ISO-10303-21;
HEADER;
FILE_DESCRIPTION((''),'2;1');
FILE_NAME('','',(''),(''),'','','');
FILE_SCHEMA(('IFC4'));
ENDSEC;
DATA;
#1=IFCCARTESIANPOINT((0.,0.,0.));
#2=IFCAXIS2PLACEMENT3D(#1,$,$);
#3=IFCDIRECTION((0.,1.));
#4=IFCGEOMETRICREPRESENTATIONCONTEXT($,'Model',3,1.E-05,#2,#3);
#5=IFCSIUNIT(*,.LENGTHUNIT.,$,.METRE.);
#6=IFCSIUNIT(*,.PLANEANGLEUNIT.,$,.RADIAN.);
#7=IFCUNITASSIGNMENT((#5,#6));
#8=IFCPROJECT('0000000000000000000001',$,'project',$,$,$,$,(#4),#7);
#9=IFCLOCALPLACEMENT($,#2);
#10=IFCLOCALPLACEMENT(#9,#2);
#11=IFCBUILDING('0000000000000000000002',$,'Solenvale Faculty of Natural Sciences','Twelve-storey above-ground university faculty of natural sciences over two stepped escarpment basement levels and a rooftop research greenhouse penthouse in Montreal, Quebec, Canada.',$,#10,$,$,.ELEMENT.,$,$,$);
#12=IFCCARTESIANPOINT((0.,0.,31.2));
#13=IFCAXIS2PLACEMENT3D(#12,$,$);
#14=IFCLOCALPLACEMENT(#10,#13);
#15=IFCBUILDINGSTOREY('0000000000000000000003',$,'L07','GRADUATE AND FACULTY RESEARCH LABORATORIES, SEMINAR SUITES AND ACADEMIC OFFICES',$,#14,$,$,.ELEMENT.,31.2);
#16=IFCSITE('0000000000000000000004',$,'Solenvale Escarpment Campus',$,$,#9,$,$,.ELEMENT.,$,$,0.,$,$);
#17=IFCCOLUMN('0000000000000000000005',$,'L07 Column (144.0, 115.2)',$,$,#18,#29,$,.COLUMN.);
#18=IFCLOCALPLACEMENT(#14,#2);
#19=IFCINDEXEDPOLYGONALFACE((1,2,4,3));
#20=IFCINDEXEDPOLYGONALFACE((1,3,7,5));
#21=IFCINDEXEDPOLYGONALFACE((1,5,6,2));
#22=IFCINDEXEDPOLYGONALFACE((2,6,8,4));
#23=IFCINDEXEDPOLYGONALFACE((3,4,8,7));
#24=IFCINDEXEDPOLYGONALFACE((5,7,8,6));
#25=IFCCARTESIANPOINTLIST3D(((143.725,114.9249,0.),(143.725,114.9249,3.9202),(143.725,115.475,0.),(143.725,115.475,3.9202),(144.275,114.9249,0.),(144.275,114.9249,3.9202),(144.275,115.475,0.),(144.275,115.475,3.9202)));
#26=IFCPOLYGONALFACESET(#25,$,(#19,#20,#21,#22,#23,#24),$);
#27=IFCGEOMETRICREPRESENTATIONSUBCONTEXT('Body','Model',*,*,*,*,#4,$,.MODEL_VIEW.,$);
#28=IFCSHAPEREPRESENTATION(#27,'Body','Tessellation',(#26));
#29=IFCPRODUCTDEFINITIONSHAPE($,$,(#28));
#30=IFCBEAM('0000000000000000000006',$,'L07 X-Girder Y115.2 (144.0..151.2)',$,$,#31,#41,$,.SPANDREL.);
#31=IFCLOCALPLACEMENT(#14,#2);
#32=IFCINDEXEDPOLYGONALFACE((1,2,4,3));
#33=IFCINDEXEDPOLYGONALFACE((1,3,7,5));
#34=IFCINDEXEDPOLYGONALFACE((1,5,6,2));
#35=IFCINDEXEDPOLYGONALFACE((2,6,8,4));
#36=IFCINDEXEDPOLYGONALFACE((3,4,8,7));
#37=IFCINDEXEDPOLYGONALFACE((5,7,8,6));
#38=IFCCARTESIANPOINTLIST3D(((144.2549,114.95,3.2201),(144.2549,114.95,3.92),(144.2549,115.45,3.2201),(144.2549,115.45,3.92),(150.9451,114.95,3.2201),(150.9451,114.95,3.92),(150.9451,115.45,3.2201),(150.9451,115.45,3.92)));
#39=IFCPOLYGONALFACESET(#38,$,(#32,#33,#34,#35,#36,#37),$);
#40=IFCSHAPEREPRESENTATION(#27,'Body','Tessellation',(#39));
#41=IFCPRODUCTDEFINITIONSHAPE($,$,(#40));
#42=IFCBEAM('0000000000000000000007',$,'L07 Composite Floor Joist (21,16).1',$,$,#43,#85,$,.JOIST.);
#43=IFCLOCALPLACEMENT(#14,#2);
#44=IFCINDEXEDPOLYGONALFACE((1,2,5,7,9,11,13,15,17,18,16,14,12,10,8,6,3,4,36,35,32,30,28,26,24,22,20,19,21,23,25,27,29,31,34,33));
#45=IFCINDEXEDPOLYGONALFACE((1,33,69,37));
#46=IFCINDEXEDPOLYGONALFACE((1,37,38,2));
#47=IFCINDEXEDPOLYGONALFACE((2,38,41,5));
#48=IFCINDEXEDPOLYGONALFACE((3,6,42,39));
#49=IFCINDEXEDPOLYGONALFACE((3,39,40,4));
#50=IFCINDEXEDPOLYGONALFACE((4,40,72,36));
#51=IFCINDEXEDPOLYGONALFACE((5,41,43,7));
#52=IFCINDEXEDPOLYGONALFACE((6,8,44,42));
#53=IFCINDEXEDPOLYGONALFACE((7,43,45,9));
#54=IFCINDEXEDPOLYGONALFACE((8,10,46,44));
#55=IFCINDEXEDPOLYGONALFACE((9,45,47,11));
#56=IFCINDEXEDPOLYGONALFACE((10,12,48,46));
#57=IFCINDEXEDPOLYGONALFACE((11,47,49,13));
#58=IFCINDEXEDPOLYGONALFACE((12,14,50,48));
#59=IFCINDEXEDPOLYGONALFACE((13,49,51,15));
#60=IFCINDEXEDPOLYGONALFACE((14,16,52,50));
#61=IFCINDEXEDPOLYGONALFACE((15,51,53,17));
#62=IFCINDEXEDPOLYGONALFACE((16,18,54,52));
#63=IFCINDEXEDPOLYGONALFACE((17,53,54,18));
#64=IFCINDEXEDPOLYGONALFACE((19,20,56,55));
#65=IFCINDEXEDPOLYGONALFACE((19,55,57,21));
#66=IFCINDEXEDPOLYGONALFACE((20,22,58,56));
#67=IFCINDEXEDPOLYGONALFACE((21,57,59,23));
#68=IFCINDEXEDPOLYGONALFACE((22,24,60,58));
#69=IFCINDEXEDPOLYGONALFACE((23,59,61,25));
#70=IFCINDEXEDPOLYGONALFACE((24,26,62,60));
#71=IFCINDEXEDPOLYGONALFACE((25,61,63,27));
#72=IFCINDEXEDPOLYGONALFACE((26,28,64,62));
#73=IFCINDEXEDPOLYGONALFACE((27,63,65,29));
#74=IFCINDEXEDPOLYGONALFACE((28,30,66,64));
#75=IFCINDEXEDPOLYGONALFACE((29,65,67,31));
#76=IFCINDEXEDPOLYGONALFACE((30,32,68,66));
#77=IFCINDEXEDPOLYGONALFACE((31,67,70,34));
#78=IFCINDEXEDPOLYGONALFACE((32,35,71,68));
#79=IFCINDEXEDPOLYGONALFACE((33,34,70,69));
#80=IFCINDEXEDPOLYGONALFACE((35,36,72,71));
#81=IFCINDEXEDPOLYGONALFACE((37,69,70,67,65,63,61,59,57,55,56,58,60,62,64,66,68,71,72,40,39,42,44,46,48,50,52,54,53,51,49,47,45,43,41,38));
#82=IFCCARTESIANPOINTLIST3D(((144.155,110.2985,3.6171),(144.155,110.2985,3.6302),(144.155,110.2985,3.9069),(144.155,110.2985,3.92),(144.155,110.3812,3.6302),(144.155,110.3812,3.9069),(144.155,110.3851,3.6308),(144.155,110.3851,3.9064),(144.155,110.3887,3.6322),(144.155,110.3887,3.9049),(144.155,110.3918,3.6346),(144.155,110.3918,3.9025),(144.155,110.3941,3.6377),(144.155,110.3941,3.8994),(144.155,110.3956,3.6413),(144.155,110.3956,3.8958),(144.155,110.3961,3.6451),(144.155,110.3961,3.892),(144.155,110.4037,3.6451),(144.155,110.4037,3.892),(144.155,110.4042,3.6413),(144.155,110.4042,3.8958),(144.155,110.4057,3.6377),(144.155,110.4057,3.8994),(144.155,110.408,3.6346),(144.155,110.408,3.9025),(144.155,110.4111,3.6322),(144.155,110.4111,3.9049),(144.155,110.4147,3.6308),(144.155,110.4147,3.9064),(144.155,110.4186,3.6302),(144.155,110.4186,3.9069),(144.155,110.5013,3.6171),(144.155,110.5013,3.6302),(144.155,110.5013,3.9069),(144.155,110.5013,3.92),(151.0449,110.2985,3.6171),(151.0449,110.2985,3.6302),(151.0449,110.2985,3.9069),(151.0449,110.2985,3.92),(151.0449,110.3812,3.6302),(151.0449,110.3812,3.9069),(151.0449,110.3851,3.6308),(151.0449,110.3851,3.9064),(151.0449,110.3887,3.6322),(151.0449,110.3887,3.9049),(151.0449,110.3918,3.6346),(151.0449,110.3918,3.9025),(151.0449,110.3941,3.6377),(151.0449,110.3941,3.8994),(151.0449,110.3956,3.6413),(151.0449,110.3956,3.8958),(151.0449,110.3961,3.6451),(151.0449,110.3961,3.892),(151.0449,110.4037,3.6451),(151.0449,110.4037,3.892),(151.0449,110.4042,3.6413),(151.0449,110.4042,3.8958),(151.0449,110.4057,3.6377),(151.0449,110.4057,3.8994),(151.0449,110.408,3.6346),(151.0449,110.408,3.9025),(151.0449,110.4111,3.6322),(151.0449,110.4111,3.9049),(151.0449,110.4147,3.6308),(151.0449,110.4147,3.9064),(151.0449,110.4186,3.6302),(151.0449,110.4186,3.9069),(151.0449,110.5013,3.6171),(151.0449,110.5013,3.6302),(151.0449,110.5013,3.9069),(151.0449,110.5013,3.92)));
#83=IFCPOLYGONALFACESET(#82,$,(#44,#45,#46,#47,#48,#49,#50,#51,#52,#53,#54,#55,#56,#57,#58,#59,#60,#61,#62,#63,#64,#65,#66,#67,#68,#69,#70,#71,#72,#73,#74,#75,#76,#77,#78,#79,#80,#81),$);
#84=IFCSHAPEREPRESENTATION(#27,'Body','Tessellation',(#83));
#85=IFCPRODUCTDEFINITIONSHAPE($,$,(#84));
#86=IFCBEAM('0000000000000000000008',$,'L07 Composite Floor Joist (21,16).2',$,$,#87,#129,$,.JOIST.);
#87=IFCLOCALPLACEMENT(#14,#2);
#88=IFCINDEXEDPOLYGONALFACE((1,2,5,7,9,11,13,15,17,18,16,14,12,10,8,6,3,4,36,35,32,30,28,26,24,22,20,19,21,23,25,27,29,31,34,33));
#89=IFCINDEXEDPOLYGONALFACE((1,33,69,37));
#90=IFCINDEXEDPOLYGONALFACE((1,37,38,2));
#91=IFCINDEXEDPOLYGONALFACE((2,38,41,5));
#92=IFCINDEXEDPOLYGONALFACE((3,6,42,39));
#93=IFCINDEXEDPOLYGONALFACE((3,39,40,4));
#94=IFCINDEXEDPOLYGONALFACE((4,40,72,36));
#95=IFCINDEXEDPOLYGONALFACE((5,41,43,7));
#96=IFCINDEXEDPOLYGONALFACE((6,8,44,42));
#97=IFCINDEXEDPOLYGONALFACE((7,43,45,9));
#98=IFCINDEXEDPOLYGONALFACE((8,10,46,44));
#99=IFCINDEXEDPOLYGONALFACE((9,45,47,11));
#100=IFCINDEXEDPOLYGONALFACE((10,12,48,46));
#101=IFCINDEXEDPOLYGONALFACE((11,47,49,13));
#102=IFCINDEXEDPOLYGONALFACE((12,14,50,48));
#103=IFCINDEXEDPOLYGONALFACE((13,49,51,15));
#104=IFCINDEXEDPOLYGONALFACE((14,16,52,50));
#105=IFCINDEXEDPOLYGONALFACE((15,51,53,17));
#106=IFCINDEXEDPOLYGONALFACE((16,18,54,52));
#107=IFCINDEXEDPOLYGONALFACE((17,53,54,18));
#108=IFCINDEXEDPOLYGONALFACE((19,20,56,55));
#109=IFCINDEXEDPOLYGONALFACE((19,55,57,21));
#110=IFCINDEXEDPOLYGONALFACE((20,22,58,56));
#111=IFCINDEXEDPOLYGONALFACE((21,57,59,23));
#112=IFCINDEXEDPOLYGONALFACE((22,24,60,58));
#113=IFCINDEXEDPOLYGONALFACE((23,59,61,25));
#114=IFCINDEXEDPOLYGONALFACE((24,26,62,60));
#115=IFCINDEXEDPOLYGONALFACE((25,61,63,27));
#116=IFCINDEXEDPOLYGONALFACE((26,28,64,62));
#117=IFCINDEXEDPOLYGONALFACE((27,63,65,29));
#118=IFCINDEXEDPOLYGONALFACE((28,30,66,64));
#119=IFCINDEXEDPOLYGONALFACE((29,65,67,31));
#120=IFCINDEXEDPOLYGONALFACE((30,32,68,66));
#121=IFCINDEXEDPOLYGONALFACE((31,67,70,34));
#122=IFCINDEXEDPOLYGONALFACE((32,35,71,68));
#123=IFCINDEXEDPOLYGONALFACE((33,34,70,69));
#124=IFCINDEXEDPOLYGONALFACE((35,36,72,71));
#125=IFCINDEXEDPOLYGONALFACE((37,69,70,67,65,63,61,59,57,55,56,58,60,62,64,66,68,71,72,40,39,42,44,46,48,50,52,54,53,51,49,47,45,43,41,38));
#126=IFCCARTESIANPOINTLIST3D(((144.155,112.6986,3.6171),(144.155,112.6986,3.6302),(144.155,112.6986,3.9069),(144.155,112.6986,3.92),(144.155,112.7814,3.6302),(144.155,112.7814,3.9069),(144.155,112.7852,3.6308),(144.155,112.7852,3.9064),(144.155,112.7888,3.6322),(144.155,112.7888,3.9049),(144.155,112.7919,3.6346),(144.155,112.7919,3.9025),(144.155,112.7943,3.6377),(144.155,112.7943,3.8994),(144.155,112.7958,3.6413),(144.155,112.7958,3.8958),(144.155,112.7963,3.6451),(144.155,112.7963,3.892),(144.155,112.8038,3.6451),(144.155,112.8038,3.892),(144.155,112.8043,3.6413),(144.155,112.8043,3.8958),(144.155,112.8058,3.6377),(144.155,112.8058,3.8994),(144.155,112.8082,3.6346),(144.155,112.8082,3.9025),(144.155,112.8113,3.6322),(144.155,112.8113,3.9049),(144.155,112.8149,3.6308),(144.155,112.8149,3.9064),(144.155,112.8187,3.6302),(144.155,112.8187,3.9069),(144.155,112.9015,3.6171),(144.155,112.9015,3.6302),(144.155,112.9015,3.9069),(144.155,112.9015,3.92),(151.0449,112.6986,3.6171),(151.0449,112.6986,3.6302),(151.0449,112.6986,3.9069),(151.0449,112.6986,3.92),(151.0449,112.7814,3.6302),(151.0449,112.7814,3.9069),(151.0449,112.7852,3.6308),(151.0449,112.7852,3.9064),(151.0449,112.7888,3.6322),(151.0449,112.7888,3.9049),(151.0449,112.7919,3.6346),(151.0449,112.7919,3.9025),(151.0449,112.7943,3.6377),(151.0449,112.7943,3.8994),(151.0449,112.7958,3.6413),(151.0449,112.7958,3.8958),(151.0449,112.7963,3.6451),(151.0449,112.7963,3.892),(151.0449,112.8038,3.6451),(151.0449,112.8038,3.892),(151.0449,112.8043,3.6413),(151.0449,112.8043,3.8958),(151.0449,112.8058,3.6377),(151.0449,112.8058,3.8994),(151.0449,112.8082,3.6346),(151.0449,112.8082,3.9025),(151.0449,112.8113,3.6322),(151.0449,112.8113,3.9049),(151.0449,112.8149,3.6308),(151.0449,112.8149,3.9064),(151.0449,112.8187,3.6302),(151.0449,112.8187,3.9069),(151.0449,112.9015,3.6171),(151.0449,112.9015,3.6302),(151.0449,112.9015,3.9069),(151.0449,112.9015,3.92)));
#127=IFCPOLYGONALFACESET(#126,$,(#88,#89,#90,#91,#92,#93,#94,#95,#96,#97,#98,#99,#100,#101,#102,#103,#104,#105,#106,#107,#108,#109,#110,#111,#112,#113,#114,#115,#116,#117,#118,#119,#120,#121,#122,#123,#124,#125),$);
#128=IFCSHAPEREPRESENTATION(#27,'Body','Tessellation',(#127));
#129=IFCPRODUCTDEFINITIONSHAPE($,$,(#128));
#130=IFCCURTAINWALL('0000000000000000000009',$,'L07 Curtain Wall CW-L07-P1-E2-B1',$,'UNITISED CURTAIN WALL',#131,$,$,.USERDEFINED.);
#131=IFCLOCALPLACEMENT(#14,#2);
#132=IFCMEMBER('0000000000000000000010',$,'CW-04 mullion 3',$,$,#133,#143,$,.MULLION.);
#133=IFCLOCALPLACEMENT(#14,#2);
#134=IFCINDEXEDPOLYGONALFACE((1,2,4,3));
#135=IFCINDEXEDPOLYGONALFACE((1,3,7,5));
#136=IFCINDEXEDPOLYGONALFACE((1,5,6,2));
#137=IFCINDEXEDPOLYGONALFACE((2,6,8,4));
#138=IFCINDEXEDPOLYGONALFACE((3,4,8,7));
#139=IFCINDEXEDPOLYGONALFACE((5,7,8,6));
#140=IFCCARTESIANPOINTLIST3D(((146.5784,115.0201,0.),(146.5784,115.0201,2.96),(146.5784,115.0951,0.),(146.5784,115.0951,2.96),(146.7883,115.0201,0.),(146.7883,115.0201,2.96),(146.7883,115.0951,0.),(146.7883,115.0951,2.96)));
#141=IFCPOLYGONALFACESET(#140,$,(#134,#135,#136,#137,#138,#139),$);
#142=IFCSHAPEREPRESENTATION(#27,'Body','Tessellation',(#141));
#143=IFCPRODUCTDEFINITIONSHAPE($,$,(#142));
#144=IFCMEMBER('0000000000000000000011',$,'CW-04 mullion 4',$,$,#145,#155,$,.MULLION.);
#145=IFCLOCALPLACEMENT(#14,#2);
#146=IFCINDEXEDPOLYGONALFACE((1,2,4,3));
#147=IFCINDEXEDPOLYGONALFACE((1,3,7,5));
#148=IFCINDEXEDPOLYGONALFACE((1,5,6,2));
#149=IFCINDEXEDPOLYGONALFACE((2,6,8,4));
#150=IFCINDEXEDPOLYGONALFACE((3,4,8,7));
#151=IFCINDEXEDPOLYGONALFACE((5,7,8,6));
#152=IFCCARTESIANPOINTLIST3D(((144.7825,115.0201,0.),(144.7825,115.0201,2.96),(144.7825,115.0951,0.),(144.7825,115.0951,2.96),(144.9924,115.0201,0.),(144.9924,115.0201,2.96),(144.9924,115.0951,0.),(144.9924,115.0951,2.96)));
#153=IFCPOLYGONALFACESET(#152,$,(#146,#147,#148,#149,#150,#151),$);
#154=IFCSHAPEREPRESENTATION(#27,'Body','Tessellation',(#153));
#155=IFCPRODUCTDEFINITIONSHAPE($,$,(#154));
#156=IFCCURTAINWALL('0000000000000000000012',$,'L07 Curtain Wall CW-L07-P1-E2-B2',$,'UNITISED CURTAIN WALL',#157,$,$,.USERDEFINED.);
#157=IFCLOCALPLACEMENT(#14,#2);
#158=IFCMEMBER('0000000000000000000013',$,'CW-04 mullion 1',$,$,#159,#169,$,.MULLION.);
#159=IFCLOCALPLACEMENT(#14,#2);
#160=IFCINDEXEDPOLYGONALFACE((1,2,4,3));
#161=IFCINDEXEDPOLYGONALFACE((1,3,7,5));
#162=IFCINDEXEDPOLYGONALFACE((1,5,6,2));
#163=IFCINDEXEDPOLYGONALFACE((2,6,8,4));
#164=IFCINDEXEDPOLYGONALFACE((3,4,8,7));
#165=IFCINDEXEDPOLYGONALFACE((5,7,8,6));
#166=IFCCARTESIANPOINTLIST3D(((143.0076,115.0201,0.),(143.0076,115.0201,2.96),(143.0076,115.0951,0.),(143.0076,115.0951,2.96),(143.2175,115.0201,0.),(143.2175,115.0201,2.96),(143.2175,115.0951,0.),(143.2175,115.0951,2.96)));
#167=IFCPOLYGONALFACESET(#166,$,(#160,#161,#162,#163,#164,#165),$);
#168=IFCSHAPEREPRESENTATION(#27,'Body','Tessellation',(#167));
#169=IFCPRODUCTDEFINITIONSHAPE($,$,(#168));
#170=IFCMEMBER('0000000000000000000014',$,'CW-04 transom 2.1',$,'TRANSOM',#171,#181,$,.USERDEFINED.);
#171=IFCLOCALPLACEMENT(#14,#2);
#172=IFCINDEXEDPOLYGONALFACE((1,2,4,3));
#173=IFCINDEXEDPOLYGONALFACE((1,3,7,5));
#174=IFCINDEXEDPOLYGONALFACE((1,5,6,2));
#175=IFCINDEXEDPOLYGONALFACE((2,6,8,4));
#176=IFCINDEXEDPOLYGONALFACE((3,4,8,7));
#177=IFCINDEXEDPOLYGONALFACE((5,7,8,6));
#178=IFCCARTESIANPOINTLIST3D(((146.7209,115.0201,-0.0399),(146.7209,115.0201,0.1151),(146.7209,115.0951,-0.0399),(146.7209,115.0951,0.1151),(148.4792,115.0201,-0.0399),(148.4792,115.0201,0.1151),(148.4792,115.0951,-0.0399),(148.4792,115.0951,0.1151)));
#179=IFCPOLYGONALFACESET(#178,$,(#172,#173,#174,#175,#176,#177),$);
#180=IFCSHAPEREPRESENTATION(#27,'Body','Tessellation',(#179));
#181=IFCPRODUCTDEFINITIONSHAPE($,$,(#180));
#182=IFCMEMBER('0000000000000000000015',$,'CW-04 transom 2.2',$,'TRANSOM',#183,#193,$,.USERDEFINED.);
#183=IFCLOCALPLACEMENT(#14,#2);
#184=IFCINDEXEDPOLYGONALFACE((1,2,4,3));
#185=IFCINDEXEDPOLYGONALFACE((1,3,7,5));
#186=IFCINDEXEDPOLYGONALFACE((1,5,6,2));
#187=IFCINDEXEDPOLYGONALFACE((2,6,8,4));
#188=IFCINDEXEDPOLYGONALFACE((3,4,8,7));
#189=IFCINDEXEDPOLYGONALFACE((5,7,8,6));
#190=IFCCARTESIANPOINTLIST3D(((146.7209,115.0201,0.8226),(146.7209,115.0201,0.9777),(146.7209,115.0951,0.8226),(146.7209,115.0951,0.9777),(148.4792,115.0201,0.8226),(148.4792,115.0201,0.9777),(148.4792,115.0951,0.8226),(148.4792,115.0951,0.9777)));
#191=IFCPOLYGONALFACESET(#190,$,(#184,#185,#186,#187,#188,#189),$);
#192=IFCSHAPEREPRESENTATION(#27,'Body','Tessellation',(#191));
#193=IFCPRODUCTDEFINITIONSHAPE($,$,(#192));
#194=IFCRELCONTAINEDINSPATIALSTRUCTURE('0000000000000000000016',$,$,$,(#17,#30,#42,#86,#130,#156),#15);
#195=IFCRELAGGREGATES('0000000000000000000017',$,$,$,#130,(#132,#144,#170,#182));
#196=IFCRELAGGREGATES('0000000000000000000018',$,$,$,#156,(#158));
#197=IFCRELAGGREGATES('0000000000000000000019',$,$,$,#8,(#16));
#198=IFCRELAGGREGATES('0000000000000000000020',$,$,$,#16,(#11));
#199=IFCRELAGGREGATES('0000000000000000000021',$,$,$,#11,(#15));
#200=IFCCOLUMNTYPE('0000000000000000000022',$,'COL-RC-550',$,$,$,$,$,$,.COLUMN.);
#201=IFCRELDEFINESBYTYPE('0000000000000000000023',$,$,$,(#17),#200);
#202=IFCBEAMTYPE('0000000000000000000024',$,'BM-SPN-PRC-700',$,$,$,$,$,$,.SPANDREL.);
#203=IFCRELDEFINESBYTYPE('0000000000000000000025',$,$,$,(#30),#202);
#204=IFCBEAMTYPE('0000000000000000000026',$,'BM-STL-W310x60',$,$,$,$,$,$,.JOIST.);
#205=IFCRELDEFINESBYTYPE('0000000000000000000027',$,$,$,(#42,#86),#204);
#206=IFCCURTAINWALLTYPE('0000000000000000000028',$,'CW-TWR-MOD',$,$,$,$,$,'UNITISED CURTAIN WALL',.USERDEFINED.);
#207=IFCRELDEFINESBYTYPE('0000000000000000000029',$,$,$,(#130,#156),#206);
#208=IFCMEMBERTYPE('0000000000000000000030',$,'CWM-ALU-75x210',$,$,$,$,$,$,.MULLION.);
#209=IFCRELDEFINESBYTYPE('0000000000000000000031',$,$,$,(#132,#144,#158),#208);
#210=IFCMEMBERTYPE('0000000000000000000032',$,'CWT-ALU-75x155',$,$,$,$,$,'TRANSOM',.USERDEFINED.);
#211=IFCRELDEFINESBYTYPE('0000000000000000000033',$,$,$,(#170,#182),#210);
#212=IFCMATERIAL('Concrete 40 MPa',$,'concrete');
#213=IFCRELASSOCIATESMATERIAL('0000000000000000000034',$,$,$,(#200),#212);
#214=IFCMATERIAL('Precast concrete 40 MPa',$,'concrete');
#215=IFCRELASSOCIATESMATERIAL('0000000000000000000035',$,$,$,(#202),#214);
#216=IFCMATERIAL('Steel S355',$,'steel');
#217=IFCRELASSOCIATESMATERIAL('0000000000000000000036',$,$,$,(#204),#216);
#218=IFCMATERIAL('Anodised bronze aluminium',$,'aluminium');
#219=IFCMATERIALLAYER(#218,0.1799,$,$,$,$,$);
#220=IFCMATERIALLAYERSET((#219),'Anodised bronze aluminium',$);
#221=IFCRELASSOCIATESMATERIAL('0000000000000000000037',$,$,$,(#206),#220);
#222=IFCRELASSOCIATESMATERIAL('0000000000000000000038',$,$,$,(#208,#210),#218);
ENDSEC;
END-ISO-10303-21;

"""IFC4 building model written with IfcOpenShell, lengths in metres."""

from ifc_helpers import new_model, si_unit, direction, frame, origin, origin_2d, place, context, subcontext, project, spatial, rectangle, i_section, extrude, material, layer, layer_set, material_profile, profile_set, type_object, element, aggregate, save


model = new_model("IFC4")

# Units and contexts
model_context = context("Model", 3, precision=1e-05, world=origin(), true_north=direction((0.0, 1.0)))
body_context = subcontext(model_context, "Body", "Model", "MODEL_VIEW")
ifc_project = project(units=[si_unit("LENGTHUNIT", "METRE"), si_unit("PLANEANGLEUNIT", "RADIAN")], contexts=[model_context])

# Site, building, storey
site_placement = place(None, origin())
site = spatial("IfcSite", under=ifc_project, at=site_placement, Name="Solenvale Escarpment Campus", CompositionType="ELEMENT", RefElevation=0.0)
building_placement = place(site_placement, origin())
building = spatial("IfcBuilding", under=site, at=building_placement, Name="Solenvale Faculty of Natural Sciences", Description="Twelve-storey above-ground university faculty of natural sciences over two stepped escarpment basement levels and a rooftop research greenhouse penthouse in Montreal, Quebec, Canada.", CompositionType="ELEMENT")
storey_placement = place(building_placement, frame((0.0, 0.0, 31.2)))
storey = spatial("IfcBuildingStorey", under=building, at=storey_placement, Name="L07", Description="GRADUATE AND FACULTY RESEARCH LABORATORIES, SEMINAR SUITES AND ACADEMIC OFFICES", CompositionType="ELEMENT", Elevation=31.2)

# Column
ifc_material_1 = material(Name="Concrete 40 MPa", Category="concrete")
ifc_material_profile_1 = material_profile(ifc_material_1, rectangle(XDim=0.55, YDim=0.55, at=origin_2d()), Name="RC-COL-550x550")
ifc_profile_set_1 = profile_set([ifc_material_profile_1], Name="Concrete 40 MPa")
column_type = type_object("IfcColumnType", Name="COL-RC-550", PredefinedType="COLUMN", material=ifc_profile_set_1)
column_placement = place(storey_placement, frame((144.0, 115.2, 0.0), z_axis=(0.0, 0.0, 1.0), x_axis=(1.0, 0.0, 0.0)))
element("IfcColumn", 1, at=column_placement, inside=storey, type_object=column_type, Name="L07 Column (144.0, 115.2)", PredefinedType="COLUMN", context=body_context, shape_type="SweptSolid", body=[
    extrude(rectangle(XDim=0.55, YDim=0.55, at=origin_2d()), origin(), (0.0, 0.0, 1.0), 3.9202),
])

# Beams
ifc_material_2 = material(Name="Precast concrete 40 MPa", Category="concrete")
ifc_material_profile_2 = material_profile(ifc_material_2, rectangle(XDim=0.5, YDim=0.7, at=origin_2d()), Name="RC-BM-500x700")
ifc_profile_set_2 = profile_set([ifc_material_profile_2], Name="Precast concrete 40 MPa")
beam_type_1 = type_object("IfcBeamType", Name="BM-SPN-PRC-700", PredefinedType="SPANDREL", material=ifc_profile_set_2)
beam_placement = place(storey_placement, frame((144.2549, 115.2, 3.5701), z_axis=(1.0, 0.0, 0.0), x_axis=(0.0, 1.0, 0.0)))
element("IfcBeam", 2, at=beam_placement, inside=storey, type_object=beam_type_1, Name="L07 X-Girder Y115.2 (144.0..151.2)", PredefinedType="SPANDREL", context=body_context, shape_type="SweptSolid", body=[
    extrude(rectangle(XDim=0.5, YDim=0.7, at=origin_2d()), origin(), (0.0, 0.0, 1.0), 6.6902),
])
ifc_material_3 = material(Name="Steel S355", Category="steel")
ifc_material_profile_3 = material_profile(ifc_material_3, i_section(OverallWidth=0.2029, OverallDepth=0.303, WebThickness=0.0076, FlangeThickness=0.0132, FilletRadius=0.0149, at=origin_2d()), Name="W310x60")
ifc_profile_set_3 = profile_set([ifc_material_profile_3], Name="Steel S355")
beam_type_2 = type_object("IfcBeamType", Name="BM-STL-W310x60", PredefinedType="JOIST", material=ifc_profile_set_3)
for number, where, z_axis, x_axis, name in (
    (3, (144.155, 110.3999, 3.7686), (1.0, 0.0, 0.0), (0.0, 1.0, 0.0), "L07 Composite Floor Joist (21,16).1"),
    (4, (144.155, 112.8, 3.7686), (1.0, 0.0, 0.0), (0.0, 1.0, 0.0), "L07 Composite Floor Joist (21,16).2"),
):
    element("IfcBeam", number, at=place(storey_placement, frame(where, z_axis=z_axis, x_axis=x_axis)), inside=storey, type_object=beam_type_2, Name=name, PredefinedType="JOIST", context=body_context, shape_type="SweptSolid", body=[
        extrude(i_section(OverallWidth=0.2029, OverallDepth=0.303, WebThickness=0.0076, FlangeThickness=0.0132, FilletRadius=0.0149, at=origin_2d()), origin(), (0.0, 0.0, 1.0), 6.8899),
    ])

# Curtain wall, members
ifc_material_4 = material(Name="Anodised bronze aluminium", Category="aluminium")
ifc_layer_1 = layer(ifc_material_4, 0.1799)
ifc_layer_set_1 = layer_set([ifc_layer_1], Name="Anodised bronze aluminium")
curtain_wall_type = type_object("IfcCurtainWallType", Name="CW-TWR-MOD", ElementType="UNITISED CURTAIN WALL", PredefinedType="USERDEFINED", material=ifc_layer_set_1)
curtain_wall_1_placement = place(storey_placement, origin())
curtain_wall_1 = element("IfcCurtainWall", 5, at=curtain_wall_1_placement, inside=storey, type_object=curtain_wall_type, Name="L07 Curtain Wall CW-L07-P1-E2-B1", ObjectType="UNITISED CURTAIN WALL", PredefinedType="USERDEFINED")
ifc_material_profile_4 = material_profile(ifc_material_4, rectangle(XDim=0.075, YDim=0.21, at=origin_2d()), Name="ALU-MUL-75x210")
ifc_profile_set_4 = profile_set([ifc_material_profile_4], Name="Anodised bronze aluminium")
member_type_1 = type_object("IfcMemberType", Name="CWM-ALU-75x210", PredefinedType="MULLION", material=ifc_profile_set_4)
member_1_placement = place(storey_placement, frame((146.6833, 115.0576, 0.0), z_axis=(0.0, 0.0, 1.0), x_axis=(0.0, -1.0, 0.0)))
member_1 = element("IfcMember", 6, at=member_1_placement, type_object=member_type_1, Name="CW-04 mullion 3", PredefinedType="MULLION", context=body_context, shape_type="SweptSolid", body=[
    extrude(rectangle(XDim=0.075, YDim=0.21, at=origin_2d()), origin(), (0.0, 0.0, 1.0), 2.96),
])
member_2_placement = place(storey_placement, frame((144.8875, 115.0576, 0.0), z_axis=(0.0, 0.0, 1.0), x_axis=(0.0, -1.0, 0.0)))
member_2 = element("IfcMember", 7, at=member_2_placement, type_object=member_type_1, Name="CW-04 mullion 4", PredefinedType="MULLION", context=body_context, shape_type="SweptSolid", body=[
    extrude(rectangle(XDim=0.075, YDim=0.21, at=origin_2d()), origin(), (0.0, 0.0, 1.0), 2.96),
])

# Curtain wall, member
curtain_wall_2_placement = place(storey_placement, origin())
curtain_wall_2 = element("IfcCurtainWall", 8, at=curtain_wall_2_placement, inside=storey, type_object=curtain_wall_type, Name="L07 Curtain Wall CW-L07-P1-E2-B2", ObjectType="UNITISED CURTAIN WALL", PredefinedType="USERDEFINED")
member_3_placement = place(storey_placement, frame((143.1125, 115.0576, 0.0), z_axis=(0.0, 0.0, 1.0), x_axis=(0.0, -1.0, 0.0)))
member_3 = element("IfcMember", 9, at=member_3_placement, type_object=member_type_1, Name="CW-04 mullion 1", PredefinedType="MULLION", context=body_context, shape_type="SweptSolid", body=[
    extrude(rectangle(XDim=0.075, YDim=0.21, at=origin_2d()), origin(), (0.0, 0.0, 1.0), 2.96),
])

# Members
ifc_material_profile_5 = material_profile(ifc_material_4, rectangle(XDim=0.075, YDim=0.155, at=origin_2d()), Name="ALU-TRN-75x155")
ifc_profile_set_5 = profile_set([ifc_material_profile_5], Name="Anodised bronze aluminium")
member_type_2 = type_object("IfcMemberType", Name="CWT-ALU-75x155", ElementType="TRANSOM", PredefinedType="USERDEFINED", material=ifc_profile_set_5)
member_4_placement = place(storey_placement, frame((148.4792, 115.0576, 0.0376), z_axis=(-1.0, 0.0, 0.0), x_axis=(0.0, -1.0, 0.0)))
member_4 = element("IfcMember", 10, at=member_4_placement, type_object=member_type_2, Name="CW-04 transom 2.1", ObjectType="TRANSOM", PredefinedType="USERDEFINED", context=body_context, shape_type="SweptSolid", body=[
    extrude(rectangle(XDim=0.075, YDim=0.155, at=origin_2d()), origin(), (0.0, 0.0, 1.0), 1.7583),
])
member_5_placement = place(storey_placement, frame((148.4792, 115.0576, 0.9001), z_axis=(-1.0, 0.0, 0.0), x_axis=(0.0, -1.0, 0.0)))
member_5 = element("IfcMember", 11, at=member_5_placement, type_object=member_type_2, Name="CW-04 transom 2.2", ObjectType="TRANSOM", PredefinedType="USERDEFINED", context=body_context, shape_type="SweptSolid", body=[
    extrude(rectangle(XDim=0.075, YDim=0.155, at=origin_2d()), origin(), (0.0, 0.0, 1.0), 1.7583),
])

aggregate(curtain_wall_1, [member_1, member_2, member_4, member_5])
aggregate(curtain_wall_2, [member_3])

save(model, "model.ifc")
